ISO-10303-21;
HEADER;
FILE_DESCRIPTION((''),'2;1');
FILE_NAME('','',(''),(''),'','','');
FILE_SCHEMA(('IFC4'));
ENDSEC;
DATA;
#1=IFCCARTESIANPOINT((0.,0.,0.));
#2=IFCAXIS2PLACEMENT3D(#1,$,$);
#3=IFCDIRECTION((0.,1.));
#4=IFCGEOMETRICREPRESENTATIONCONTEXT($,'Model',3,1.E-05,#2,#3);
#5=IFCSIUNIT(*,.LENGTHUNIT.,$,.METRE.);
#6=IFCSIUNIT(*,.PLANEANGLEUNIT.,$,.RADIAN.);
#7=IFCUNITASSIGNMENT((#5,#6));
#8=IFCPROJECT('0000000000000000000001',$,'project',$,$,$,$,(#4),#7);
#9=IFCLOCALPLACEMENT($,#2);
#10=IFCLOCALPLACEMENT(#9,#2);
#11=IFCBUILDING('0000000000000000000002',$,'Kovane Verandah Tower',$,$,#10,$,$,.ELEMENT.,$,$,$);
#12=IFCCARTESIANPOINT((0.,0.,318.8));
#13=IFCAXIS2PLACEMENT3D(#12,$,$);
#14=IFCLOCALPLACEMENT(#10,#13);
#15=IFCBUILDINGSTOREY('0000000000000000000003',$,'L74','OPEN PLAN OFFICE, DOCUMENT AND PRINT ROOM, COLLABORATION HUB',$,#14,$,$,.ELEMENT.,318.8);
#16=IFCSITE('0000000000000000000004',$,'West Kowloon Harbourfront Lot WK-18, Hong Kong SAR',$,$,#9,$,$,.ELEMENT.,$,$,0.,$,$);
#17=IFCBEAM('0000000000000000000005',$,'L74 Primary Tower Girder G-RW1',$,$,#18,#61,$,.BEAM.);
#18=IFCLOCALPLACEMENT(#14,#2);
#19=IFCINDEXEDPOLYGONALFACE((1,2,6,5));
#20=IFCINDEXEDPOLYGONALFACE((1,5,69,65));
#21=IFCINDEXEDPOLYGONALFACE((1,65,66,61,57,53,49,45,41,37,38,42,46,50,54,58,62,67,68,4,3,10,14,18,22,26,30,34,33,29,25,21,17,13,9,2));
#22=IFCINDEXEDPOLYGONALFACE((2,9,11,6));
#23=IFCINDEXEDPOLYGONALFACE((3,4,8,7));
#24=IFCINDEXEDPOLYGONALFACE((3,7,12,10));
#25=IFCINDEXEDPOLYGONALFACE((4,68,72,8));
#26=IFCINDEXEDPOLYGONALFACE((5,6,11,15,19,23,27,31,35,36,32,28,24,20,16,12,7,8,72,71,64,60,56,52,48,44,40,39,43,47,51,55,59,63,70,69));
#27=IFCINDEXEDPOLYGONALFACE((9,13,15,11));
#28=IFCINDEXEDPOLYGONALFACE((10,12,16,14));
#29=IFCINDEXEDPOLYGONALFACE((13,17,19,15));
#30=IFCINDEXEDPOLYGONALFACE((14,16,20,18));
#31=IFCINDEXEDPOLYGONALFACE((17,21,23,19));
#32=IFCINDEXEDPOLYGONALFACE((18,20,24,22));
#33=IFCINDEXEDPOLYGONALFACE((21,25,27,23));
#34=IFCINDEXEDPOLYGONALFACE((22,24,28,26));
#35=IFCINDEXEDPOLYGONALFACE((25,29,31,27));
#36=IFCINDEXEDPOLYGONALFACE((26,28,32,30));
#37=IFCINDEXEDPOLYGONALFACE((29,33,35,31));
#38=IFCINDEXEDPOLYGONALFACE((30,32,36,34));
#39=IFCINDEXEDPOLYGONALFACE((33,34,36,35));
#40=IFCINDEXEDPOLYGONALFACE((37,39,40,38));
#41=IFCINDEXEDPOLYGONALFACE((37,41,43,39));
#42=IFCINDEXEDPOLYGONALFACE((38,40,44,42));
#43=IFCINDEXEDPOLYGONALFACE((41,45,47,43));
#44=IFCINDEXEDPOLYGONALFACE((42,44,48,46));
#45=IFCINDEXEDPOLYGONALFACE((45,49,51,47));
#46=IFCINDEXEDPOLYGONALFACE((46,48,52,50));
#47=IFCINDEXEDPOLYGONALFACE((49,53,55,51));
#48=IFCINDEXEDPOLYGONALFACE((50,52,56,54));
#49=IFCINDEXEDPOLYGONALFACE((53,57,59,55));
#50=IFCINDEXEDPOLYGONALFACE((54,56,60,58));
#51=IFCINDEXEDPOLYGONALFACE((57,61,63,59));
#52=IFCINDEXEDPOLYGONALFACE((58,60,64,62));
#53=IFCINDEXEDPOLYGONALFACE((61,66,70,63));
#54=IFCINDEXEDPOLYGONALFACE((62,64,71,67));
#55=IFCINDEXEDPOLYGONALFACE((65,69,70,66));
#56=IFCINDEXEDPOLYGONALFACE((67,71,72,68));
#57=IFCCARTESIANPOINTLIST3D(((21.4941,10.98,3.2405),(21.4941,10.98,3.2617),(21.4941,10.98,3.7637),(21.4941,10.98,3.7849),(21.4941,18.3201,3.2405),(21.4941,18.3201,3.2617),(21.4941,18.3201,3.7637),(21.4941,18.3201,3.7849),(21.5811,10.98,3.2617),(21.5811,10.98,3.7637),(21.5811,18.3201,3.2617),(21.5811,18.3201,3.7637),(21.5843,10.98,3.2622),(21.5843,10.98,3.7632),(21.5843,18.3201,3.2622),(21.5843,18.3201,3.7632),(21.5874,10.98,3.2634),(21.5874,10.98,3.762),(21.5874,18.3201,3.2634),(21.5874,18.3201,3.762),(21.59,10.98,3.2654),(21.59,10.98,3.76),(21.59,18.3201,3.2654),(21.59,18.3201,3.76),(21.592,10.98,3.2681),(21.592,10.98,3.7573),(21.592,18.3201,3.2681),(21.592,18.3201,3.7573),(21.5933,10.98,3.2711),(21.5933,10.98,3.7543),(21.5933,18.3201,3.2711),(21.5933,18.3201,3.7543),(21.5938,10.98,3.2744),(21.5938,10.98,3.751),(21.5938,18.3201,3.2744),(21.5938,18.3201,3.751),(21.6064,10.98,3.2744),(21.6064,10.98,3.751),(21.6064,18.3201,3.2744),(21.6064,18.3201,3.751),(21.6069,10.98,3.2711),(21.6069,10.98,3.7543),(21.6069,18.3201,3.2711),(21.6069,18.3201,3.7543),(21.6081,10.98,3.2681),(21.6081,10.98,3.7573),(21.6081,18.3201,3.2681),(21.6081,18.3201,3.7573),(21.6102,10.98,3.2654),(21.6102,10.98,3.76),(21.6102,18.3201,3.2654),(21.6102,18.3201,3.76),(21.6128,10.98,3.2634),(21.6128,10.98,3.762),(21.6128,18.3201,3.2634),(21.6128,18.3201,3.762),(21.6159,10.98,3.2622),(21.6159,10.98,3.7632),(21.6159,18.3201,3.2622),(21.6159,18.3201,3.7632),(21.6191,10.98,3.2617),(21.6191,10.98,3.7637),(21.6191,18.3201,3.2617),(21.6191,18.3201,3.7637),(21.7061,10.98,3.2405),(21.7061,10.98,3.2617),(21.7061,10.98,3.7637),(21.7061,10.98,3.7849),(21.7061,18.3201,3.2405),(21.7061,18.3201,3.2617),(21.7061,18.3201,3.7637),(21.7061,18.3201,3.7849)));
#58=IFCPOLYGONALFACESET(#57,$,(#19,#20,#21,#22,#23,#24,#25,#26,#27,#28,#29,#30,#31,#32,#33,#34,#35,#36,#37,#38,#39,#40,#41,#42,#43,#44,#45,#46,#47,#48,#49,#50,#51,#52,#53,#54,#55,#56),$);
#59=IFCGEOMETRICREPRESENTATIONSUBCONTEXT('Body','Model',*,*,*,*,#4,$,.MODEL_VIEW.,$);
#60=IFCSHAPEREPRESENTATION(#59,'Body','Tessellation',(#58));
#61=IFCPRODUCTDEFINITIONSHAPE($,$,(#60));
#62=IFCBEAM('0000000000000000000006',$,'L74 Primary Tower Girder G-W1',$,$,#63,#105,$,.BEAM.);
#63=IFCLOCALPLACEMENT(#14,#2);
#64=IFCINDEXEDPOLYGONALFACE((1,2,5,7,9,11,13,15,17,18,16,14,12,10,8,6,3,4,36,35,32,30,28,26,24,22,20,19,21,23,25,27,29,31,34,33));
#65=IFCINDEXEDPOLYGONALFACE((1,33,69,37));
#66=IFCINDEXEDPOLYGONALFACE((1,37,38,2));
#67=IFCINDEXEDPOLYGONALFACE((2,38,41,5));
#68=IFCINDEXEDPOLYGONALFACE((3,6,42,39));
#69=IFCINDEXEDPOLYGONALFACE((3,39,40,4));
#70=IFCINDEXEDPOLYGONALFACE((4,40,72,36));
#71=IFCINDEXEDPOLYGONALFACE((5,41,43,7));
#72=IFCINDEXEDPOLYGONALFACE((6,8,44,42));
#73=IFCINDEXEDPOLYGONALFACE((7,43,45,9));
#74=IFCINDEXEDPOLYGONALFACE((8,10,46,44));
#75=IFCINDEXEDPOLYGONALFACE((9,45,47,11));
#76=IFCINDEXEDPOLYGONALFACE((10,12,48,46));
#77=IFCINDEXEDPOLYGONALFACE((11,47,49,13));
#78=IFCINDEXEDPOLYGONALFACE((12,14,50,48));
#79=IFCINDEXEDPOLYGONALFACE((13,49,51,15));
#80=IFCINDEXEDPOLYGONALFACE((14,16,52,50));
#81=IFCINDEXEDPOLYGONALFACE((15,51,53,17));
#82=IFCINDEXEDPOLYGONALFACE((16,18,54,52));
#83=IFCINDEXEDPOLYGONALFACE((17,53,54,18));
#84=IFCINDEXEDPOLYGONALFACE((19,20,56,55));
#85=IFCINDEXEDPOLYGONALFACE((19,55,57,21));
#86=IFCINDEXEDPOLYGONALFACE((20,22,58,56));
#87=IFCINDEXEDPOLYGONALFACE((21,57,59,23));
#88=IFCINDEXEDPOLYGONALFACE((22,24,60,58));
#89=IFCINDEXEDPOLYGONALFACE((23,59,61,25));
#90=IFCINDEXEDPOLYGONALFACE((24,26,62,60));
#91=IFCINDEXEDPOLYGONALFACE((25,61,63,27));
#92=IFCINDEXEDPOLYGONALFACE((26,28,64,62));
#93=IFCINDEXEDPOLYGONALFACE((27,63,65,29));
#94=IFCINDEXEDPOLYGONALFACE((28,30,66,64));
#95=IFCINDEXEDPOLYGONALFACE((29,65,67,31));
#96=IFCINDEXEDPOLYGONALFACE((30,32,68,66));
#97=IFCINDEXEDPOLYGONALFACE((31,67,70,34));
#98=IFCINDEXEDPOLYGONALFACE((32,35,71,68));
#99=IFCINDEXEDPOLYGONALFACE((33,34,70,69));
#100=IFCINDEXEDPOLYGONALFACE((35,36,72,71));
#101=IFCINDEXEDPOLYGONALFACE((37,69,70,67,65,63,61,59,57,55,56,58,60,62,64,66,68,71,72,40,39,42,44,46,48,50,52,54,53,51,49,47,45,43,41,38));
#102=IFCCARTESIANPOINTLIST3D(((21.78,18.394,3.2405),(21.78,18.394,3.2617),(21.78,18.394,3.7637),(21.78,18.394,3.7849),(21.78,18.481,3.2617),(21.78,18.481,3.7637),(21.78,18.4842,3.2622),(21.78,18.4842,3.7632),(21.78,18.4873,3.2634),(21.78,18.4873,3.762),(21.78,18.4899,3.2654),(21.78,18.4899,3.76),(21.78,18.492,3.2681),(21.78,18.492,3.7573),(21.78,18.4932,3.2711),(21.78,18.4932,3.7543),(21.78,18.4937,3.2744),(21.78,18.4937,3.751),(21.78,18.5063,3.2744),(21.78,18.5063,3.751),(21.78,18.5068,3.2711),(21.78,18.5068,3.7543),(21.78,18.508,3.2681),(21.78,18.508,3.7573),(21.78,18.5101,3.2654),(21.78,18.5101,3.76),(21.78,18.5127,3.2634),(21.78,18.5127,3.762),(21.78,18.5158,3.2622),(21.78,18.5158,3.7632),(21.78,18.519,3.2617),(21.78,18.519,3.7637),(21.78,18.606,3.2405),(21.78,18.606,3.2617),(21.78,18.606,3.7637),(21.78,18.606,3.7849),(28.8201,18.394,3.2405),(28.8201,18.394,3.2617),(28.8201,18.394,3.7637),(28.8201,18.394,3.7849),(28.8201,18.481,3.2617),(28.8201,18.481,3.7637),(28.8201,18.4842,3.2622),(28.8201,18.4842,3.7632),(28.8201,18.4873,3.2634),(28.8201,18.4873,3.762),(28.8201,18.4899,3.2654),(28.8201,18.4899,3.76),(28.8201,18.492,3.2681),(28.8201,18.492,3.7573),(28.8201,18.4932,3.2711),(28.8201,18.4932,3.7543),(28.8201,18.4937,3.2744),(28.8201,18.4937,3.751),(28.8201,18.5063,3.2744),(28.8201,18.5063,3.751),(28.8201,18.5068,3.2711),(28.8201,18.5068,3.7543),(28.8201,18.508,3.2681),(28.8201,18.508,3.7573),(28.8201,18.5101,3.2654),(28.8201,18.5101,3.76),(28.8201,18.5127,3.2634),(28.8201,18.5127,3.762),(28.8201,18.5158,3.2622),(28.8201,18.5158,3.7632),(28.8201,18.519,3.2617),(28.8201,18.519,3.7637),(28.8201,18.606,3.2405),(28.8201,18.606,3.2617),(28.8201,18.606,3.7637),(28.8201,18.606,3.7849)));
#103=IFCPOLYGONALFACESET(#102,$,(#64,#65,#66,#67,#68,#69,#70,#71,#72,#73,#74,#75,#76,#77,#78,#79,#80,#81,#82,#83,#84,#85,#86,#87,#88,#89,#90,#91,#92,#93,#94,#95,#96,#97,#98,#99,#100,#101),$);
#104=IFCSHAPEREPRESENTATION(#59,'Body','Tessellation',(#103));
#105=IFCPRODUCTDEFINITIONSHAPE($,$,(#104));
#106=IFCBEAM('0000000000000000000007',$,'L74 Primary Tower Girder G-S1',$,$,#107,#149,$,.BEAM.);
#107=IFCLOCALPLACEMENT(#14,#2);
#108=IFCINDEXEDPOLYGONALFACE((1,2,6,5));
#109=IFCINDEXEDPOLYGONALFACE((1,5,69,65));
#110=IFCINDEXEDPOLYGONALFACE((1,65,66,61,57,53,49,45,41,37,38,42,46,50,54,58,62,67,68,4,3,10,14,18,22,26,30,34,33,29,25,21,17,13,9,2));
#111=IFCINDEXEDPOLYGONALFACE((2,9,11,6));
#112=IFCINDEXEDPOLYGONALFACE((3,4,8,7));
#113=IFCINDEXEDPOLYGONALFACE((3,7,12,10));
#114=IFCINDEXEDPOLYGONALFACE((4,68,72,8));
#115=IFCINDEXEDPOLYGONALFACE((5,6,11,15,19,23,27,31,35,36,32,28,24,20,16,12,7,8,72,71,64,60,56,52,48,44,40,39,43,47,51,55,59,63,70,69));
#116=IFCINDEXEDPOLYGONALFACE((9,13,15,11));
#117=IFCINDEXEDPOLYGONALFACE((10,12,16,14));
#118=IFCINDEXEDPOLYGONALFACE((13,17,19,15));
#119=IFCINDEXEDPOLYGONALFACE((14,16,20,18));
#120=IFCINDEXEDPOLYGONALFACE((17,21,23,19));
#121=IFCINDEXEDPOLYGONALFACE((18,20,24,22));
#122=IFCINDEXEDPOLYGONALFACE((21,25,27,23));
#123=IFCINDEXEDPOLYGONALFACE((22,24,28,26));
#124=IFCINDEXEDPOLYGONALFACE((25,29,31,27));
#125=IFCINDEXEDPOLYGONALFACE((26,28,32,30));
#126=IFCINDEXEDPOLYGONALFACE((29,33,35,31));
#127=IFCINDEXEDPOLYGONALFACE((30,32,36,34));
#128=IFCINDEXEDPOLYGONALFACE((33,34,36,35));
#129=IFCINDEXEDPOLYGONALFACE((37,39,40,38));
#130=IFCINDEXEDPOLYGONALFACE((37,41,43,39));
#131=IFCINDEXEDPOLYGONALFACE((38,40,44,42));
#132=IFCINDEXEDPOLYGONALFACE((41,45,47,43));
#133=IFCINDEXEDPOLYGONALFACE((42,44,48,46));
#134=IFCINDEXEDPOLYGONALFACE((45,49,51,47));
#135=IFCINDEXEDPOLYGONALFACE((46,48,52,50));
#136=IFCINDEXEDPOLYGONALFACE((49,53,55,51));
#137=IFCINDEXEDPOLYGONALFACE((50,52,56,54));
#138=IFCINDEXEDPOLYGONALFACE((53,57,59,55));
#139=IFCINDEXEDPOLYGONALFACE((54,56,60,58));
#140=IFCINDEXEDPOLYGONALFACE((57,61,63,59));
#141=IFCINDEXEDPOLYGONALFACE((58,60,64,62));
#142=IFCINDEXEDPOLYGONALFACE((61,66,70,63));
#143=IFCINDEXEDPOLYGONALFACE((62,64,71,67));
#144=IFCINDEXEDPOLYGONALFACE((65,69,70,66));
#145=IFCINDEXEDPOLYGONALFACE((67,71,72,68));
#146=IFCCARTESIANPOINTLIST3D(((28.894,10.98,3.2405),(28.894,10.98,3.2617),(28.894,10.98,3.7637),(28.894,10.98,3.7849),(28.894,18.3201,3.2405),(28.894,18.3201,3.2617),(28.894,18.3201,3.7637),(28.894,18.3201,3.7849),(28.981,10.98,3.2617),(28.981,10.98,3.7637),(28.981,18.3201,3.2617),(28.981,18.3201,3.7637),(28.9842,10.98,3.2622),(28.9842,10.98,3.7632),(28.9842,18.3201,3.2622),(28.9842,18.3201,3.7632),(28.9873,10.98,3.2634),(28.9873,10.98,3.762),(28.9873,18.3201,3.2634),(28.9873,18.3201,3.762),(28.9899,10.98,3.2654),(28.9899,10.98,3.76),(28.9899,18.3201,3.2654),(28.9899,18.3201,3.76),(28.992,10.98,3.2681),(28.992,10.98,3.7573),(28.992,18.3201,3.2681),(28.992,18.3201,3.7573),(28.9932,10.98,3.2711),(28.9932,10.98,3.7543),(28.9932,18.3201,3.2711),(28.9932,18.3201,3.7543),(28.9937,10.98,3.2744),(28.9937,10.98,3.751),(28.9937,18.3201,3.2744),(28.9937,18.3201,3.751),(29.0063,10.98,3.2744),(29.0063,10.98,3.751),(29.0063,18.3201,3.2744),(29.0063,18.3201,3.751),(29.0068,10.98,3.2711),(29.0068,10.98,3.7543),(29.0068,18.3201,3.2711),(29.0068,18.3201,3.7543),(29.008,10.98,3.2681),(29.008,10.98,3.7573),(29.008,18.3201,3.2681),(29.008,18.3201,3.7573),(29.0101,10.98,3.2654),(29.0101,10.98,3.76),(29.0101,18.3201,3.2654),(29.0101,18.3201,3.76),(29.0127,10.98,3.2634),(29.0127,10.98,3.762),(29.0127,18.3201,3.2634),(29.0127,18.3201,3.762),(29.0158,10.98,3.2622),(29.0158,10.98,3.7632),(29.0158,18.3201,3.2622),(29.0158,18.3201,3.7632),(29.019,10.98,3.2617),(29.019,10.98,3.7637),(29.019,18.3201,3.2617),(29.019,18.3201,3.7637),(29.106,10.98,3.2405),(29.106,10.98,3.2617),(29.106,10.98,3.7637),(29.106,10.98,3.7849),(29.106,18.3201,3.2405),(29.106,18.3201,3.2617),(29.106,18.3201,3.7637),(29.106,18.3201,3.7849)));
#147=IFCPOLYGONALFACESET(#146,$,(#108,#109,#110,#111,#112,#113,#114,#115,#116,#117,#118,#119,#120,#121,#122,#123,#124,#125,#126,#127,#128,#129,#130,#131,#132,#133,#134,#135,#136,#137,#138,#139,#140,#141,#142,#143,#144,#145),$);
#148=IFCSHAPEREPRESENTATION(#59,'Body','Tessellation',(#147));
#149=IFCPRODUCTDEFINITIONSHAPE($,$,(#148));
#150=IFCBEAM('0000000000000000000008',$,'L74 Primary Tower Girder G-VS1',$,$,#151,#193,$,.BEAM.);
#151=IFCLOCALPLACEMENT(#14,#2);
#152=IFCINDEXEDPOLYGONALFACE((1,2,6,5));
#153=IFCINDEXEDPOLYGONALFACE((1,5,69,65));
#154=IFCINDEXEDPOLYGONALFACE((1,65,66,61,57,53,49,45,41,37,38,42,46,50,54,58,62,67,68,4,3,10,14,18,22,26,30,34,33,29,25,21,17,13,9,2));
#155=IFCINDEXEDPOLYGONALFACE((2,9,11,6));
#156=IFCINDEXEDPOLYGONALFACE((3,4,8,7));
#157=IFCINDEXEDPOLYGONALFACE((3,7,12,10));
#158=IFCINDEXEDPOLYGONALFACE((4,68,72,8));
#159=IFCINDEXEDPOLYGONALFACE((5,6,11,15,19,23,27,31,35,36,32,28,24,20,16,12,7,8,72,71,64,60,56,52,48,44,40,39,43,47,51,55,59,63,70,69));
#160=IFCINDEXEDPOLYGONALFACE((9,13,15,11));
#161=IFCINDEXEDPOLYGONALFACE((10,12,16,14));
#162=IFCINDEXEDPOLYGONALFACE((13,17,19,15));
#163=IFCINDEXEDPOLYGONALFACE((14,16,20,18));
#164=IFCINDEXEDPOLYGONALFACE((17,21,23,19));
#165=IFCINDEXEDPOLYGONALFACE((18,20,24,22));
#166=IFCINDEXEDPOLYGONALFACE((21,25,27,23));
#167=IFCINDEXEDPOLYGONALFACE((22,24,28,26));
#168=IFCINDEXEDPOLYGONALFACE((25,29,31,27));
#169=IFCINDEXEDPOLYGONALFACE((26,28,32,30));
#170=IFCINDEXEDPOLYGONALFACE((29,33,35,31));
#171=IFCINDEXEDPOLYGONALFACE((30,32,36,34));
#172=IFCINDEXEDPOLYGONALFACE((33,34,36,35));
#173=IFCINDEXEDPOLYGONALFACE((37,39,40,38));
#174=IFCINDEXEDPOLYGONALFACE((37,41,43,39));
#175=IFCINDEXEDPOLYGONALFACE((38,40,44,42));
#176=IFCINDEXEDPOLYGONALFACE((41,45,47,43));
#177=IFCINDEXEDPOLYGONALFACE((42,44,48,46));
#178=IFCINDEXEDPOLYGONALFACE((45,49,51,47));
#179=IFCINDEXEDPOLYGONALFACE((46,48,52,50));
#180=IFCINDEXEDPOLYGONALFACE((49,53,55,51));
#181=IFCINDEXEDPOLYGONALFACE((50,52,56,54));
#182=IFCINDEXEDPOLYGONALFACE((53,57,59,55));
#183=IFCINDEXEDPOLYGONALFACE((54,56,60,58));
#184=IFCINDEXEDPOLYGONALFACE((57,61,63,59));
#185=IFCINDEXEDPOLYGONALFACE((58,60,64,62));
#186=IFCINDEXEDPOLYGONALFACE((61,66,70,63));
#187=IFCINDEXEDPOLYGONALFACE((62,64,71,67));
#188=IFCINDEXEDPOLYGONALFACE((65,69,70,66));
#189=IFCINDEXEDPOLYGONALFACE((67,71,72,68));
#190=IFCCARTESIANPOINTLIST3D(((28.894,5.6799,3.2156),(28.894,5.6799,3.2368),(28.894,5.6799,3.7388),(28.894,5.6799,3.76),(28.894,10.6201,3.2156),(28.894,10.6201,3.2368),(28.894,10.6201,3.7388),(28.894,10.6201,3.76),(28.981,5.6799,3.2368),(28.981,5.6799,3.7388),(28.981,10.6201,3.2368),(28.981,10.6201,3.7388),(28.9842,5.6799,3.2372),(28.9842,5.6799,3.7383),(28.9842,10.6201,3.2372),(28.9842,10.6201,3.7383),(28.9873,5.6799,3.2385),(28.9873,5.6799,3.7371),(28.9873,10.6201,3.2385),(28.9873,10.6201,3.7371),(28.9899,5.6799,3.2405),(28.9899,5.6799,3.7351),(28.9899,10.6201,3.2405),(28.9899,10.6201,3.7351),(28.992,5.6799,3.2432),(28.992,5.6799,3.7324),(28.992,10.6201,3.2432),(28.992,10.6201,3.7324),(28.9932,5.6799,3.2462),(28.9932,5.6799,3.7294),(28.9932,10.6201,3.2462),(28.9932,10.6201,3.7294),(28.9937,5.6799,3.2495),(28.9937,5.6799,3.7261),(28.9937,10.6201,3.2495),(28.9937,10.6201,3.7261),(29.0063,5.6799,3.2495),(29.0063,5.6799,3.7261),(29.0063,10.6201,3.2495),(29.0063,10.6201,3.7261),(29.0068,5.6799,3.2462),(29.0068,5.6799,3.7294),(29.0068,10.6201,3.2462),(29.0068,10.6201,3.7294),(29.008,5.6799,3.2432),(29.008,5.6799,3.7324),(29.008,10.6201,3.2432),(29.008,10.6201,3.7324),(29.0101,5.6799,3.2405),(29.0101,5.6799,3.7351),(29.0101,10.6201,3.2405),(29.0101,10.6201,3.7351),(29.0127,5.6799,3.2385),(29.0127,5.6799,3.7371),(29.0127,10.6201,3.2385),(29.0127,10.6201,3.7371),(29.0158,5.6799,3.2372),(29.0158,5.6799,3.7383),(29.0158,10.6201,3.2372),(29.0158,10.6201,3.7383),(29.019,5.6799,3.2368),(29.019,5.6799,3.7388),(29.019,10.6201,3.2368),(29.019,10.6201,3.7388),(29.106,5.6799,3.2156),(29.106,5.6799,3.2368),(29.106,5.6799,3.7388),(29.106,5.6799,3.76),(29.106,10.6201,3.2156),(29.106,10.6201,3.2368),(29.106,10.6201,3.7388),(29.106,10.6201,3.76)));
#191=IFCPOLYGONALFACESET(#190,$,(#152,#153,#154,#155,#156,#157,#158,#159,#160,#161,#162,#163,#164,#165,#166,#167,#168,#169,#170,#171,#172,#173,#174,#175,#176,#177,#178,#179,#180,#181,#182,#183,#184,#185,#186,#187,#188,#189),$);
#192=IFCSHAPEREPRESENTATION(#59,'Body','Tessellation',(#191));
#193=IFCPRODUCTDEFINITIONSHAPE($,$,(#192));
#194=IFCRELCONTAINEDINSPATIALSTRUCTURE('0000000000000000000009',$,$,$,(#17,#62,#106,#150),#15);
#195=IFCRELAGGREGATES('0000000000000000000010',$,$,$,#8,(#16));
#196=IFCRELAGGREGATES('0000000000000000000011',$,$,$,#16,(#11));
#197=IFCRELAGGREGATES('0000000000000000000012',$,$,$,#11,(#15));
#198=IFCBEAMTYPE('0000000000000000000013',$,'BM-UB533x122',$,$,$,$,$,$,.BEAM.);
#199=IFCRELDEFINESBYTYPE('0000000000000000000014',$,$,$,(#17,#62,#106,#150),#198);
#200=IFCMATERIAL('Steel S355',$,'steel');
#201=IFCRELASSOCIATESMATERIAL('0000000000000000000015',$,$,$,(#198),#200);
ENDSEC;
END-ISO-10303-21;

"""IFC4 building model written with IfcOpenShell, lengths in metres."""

from ifc_helpers import new_model, si_unit, direction, frame, origin, origin_2d, place, context, subcontext, project, spatial, i_section, extrude, material, material_profile, profile_set, type_object, element, save


model = new_model("IFC4")

# Units and contexts
model_context = context("Model", 3, precision=1e-05, world=origin(), true_north=direction((0.0, 1.0)))
body_context = subcontext(model_context, "Body", "Model", "MODEL_VIEW")
ifc_project = project(units=[si_unit("LENGTHUNIT", "METRE"), si_unit("PLANEANGLEUNIT", "RADIAN")], contexts=[model_context])

# Site, building, storey
site_placement = place(None, origin())
site = spatial("IfcSite", under=ifc_project, at=site_placement, Name="West Kowloon Harbourfront Lot WK-18, Hong Kong SAR", CompositionType="ELEMENT", RefElevation=0.0)
building_placement = place(site_placement, origin())
building = spatial("IfcBuilding", under=site, at=building_placement, Name="Kovane Verandah Tower", CompositionType="ELEMENT")
storey_placement = place(building_placement, frame((0.0, 0.0, 318.8)))
storey = spatial("IfcBuildingStorey", under=building, at=storey_placement, Name="L74", Description="OPEN PLAN OFFICE, DOCUMENT AND PRINT ROOM, COLLABORATION HUB", CompositionType="ELEMENT", Elevation=318.8)

# Beams
ifc_material_1 = material(Name="Steel S355", Category="steel")
ifc_material_profile_1 = material_profile(ifc_material_1, i_section(OverallWidth=0.2119, OverallDepth=0.5444, WebThickness=0.0127, FlangeThickness=0.0212, FilletRadius=0.0127, at=origin_2d()), Name="UB533x210x122")
ifc_profile_set_1 = profile_set([ifc_material_profile_1], Name="Steel S355")
beam_type_1 = type_object("IfcBeamType", Name="BM-UB533x122", PredefinedType="BEAM", material=ifc_profile_set_1)
beam_1_placement = place(storey_placement, frame((21.6001, 10.98, 3.5127), z_axis=(0.0, 1.0, 0.0), x_axis=(-1.0, 0.0, 0.0)))
element("IfcBeam", 1, at=beam_1_placement, inside=storey, type_object=beam_type_1, Name="L74 Primary Tower Girder G-RW1", PredefinedType="BEAM", context=body_context, shape_type="SweptSolid", body=[
    extrude(i_section(OverallWidth=0.2119, OverallDepth=0.5444, WebThickness=0.0127, FlangeThickness=0.0212, FilletRadius=0.0127, at=origin_2d()), origin(), (0.0, 0.0, 1.0), 7.3401),
])
beam_2_placement = place(storey_placement, frame((28.8201, 18.5, 3.5127), z_axis=(-1.0, 0.0, 0.0), x_axis=(0.0, -1.0, 0.0)))
element("IfcBeam", 2, at=beam_2_placement, inside=storey, type_object=beam_type_1, Name="L74 Primary Tower Girder G-W1", PredefinedType="BEAM", context=body_context, shape_type="SweptSolid", body=[
    extrude(i_section(OverallWidth=0.2119, OverallDepth=0.5444, WebThickness=0.0127, FlangeThickness=0.0212, FilletRadius=0.0127, at=origin_2d()), origin(), (0.0, 0.0, 1.0), 7.04),
])
beam_3_placement = place(storey_placement, frame((29.0, 18.3201, 3.5127), z_axis=(0.0, -1.0, 0.0), x_axis=(1.0, 0.0, 0.0)))
element("IfcBeam", 3, at=beam_3_placement, inside=storey, type_object=beam_type_1, Name="L74 Primary Tower Girder G-S1", PredefinedType="BEAM", context=body_context, shape_type="SweptSolid", body=[
    extrude(i_section(OverallWidth=0.2119, OverallDepth=0.5444, WebThickness=0.0127, FlangeThickness=0.0212, FilletRadius=0.0127, at=origin_2d()), origin(), (0.0, 0.0, 1.0), 7.3401),
])
beam_4_placement = place(storey_placement, frame((29.0, 10.6201, 3.4878), z_axis=(0.0, -1.0, 0.0), x_axis=(1.0, 0.0, 0.0)))
element("IfcBeam", 4, at=beam_4_placement, inside=storey, type_object=beam_type_1, Name="L74 Primary Tower Girder G-VS1", PredefinedType="BEAM", context=body_context, shape_type="SweptSolid", body=[
    extrude(i_section(OverallWidth=0.2119, OverallDepth=0.5444, WebThickness=0.0127, FlangeThickness=0.0212, FilletRadius=0.0127, at=origin_2d()), origin(), (0.0, 0.0, 1.0), 4.9402),
])

save(model, "model.ifc")
